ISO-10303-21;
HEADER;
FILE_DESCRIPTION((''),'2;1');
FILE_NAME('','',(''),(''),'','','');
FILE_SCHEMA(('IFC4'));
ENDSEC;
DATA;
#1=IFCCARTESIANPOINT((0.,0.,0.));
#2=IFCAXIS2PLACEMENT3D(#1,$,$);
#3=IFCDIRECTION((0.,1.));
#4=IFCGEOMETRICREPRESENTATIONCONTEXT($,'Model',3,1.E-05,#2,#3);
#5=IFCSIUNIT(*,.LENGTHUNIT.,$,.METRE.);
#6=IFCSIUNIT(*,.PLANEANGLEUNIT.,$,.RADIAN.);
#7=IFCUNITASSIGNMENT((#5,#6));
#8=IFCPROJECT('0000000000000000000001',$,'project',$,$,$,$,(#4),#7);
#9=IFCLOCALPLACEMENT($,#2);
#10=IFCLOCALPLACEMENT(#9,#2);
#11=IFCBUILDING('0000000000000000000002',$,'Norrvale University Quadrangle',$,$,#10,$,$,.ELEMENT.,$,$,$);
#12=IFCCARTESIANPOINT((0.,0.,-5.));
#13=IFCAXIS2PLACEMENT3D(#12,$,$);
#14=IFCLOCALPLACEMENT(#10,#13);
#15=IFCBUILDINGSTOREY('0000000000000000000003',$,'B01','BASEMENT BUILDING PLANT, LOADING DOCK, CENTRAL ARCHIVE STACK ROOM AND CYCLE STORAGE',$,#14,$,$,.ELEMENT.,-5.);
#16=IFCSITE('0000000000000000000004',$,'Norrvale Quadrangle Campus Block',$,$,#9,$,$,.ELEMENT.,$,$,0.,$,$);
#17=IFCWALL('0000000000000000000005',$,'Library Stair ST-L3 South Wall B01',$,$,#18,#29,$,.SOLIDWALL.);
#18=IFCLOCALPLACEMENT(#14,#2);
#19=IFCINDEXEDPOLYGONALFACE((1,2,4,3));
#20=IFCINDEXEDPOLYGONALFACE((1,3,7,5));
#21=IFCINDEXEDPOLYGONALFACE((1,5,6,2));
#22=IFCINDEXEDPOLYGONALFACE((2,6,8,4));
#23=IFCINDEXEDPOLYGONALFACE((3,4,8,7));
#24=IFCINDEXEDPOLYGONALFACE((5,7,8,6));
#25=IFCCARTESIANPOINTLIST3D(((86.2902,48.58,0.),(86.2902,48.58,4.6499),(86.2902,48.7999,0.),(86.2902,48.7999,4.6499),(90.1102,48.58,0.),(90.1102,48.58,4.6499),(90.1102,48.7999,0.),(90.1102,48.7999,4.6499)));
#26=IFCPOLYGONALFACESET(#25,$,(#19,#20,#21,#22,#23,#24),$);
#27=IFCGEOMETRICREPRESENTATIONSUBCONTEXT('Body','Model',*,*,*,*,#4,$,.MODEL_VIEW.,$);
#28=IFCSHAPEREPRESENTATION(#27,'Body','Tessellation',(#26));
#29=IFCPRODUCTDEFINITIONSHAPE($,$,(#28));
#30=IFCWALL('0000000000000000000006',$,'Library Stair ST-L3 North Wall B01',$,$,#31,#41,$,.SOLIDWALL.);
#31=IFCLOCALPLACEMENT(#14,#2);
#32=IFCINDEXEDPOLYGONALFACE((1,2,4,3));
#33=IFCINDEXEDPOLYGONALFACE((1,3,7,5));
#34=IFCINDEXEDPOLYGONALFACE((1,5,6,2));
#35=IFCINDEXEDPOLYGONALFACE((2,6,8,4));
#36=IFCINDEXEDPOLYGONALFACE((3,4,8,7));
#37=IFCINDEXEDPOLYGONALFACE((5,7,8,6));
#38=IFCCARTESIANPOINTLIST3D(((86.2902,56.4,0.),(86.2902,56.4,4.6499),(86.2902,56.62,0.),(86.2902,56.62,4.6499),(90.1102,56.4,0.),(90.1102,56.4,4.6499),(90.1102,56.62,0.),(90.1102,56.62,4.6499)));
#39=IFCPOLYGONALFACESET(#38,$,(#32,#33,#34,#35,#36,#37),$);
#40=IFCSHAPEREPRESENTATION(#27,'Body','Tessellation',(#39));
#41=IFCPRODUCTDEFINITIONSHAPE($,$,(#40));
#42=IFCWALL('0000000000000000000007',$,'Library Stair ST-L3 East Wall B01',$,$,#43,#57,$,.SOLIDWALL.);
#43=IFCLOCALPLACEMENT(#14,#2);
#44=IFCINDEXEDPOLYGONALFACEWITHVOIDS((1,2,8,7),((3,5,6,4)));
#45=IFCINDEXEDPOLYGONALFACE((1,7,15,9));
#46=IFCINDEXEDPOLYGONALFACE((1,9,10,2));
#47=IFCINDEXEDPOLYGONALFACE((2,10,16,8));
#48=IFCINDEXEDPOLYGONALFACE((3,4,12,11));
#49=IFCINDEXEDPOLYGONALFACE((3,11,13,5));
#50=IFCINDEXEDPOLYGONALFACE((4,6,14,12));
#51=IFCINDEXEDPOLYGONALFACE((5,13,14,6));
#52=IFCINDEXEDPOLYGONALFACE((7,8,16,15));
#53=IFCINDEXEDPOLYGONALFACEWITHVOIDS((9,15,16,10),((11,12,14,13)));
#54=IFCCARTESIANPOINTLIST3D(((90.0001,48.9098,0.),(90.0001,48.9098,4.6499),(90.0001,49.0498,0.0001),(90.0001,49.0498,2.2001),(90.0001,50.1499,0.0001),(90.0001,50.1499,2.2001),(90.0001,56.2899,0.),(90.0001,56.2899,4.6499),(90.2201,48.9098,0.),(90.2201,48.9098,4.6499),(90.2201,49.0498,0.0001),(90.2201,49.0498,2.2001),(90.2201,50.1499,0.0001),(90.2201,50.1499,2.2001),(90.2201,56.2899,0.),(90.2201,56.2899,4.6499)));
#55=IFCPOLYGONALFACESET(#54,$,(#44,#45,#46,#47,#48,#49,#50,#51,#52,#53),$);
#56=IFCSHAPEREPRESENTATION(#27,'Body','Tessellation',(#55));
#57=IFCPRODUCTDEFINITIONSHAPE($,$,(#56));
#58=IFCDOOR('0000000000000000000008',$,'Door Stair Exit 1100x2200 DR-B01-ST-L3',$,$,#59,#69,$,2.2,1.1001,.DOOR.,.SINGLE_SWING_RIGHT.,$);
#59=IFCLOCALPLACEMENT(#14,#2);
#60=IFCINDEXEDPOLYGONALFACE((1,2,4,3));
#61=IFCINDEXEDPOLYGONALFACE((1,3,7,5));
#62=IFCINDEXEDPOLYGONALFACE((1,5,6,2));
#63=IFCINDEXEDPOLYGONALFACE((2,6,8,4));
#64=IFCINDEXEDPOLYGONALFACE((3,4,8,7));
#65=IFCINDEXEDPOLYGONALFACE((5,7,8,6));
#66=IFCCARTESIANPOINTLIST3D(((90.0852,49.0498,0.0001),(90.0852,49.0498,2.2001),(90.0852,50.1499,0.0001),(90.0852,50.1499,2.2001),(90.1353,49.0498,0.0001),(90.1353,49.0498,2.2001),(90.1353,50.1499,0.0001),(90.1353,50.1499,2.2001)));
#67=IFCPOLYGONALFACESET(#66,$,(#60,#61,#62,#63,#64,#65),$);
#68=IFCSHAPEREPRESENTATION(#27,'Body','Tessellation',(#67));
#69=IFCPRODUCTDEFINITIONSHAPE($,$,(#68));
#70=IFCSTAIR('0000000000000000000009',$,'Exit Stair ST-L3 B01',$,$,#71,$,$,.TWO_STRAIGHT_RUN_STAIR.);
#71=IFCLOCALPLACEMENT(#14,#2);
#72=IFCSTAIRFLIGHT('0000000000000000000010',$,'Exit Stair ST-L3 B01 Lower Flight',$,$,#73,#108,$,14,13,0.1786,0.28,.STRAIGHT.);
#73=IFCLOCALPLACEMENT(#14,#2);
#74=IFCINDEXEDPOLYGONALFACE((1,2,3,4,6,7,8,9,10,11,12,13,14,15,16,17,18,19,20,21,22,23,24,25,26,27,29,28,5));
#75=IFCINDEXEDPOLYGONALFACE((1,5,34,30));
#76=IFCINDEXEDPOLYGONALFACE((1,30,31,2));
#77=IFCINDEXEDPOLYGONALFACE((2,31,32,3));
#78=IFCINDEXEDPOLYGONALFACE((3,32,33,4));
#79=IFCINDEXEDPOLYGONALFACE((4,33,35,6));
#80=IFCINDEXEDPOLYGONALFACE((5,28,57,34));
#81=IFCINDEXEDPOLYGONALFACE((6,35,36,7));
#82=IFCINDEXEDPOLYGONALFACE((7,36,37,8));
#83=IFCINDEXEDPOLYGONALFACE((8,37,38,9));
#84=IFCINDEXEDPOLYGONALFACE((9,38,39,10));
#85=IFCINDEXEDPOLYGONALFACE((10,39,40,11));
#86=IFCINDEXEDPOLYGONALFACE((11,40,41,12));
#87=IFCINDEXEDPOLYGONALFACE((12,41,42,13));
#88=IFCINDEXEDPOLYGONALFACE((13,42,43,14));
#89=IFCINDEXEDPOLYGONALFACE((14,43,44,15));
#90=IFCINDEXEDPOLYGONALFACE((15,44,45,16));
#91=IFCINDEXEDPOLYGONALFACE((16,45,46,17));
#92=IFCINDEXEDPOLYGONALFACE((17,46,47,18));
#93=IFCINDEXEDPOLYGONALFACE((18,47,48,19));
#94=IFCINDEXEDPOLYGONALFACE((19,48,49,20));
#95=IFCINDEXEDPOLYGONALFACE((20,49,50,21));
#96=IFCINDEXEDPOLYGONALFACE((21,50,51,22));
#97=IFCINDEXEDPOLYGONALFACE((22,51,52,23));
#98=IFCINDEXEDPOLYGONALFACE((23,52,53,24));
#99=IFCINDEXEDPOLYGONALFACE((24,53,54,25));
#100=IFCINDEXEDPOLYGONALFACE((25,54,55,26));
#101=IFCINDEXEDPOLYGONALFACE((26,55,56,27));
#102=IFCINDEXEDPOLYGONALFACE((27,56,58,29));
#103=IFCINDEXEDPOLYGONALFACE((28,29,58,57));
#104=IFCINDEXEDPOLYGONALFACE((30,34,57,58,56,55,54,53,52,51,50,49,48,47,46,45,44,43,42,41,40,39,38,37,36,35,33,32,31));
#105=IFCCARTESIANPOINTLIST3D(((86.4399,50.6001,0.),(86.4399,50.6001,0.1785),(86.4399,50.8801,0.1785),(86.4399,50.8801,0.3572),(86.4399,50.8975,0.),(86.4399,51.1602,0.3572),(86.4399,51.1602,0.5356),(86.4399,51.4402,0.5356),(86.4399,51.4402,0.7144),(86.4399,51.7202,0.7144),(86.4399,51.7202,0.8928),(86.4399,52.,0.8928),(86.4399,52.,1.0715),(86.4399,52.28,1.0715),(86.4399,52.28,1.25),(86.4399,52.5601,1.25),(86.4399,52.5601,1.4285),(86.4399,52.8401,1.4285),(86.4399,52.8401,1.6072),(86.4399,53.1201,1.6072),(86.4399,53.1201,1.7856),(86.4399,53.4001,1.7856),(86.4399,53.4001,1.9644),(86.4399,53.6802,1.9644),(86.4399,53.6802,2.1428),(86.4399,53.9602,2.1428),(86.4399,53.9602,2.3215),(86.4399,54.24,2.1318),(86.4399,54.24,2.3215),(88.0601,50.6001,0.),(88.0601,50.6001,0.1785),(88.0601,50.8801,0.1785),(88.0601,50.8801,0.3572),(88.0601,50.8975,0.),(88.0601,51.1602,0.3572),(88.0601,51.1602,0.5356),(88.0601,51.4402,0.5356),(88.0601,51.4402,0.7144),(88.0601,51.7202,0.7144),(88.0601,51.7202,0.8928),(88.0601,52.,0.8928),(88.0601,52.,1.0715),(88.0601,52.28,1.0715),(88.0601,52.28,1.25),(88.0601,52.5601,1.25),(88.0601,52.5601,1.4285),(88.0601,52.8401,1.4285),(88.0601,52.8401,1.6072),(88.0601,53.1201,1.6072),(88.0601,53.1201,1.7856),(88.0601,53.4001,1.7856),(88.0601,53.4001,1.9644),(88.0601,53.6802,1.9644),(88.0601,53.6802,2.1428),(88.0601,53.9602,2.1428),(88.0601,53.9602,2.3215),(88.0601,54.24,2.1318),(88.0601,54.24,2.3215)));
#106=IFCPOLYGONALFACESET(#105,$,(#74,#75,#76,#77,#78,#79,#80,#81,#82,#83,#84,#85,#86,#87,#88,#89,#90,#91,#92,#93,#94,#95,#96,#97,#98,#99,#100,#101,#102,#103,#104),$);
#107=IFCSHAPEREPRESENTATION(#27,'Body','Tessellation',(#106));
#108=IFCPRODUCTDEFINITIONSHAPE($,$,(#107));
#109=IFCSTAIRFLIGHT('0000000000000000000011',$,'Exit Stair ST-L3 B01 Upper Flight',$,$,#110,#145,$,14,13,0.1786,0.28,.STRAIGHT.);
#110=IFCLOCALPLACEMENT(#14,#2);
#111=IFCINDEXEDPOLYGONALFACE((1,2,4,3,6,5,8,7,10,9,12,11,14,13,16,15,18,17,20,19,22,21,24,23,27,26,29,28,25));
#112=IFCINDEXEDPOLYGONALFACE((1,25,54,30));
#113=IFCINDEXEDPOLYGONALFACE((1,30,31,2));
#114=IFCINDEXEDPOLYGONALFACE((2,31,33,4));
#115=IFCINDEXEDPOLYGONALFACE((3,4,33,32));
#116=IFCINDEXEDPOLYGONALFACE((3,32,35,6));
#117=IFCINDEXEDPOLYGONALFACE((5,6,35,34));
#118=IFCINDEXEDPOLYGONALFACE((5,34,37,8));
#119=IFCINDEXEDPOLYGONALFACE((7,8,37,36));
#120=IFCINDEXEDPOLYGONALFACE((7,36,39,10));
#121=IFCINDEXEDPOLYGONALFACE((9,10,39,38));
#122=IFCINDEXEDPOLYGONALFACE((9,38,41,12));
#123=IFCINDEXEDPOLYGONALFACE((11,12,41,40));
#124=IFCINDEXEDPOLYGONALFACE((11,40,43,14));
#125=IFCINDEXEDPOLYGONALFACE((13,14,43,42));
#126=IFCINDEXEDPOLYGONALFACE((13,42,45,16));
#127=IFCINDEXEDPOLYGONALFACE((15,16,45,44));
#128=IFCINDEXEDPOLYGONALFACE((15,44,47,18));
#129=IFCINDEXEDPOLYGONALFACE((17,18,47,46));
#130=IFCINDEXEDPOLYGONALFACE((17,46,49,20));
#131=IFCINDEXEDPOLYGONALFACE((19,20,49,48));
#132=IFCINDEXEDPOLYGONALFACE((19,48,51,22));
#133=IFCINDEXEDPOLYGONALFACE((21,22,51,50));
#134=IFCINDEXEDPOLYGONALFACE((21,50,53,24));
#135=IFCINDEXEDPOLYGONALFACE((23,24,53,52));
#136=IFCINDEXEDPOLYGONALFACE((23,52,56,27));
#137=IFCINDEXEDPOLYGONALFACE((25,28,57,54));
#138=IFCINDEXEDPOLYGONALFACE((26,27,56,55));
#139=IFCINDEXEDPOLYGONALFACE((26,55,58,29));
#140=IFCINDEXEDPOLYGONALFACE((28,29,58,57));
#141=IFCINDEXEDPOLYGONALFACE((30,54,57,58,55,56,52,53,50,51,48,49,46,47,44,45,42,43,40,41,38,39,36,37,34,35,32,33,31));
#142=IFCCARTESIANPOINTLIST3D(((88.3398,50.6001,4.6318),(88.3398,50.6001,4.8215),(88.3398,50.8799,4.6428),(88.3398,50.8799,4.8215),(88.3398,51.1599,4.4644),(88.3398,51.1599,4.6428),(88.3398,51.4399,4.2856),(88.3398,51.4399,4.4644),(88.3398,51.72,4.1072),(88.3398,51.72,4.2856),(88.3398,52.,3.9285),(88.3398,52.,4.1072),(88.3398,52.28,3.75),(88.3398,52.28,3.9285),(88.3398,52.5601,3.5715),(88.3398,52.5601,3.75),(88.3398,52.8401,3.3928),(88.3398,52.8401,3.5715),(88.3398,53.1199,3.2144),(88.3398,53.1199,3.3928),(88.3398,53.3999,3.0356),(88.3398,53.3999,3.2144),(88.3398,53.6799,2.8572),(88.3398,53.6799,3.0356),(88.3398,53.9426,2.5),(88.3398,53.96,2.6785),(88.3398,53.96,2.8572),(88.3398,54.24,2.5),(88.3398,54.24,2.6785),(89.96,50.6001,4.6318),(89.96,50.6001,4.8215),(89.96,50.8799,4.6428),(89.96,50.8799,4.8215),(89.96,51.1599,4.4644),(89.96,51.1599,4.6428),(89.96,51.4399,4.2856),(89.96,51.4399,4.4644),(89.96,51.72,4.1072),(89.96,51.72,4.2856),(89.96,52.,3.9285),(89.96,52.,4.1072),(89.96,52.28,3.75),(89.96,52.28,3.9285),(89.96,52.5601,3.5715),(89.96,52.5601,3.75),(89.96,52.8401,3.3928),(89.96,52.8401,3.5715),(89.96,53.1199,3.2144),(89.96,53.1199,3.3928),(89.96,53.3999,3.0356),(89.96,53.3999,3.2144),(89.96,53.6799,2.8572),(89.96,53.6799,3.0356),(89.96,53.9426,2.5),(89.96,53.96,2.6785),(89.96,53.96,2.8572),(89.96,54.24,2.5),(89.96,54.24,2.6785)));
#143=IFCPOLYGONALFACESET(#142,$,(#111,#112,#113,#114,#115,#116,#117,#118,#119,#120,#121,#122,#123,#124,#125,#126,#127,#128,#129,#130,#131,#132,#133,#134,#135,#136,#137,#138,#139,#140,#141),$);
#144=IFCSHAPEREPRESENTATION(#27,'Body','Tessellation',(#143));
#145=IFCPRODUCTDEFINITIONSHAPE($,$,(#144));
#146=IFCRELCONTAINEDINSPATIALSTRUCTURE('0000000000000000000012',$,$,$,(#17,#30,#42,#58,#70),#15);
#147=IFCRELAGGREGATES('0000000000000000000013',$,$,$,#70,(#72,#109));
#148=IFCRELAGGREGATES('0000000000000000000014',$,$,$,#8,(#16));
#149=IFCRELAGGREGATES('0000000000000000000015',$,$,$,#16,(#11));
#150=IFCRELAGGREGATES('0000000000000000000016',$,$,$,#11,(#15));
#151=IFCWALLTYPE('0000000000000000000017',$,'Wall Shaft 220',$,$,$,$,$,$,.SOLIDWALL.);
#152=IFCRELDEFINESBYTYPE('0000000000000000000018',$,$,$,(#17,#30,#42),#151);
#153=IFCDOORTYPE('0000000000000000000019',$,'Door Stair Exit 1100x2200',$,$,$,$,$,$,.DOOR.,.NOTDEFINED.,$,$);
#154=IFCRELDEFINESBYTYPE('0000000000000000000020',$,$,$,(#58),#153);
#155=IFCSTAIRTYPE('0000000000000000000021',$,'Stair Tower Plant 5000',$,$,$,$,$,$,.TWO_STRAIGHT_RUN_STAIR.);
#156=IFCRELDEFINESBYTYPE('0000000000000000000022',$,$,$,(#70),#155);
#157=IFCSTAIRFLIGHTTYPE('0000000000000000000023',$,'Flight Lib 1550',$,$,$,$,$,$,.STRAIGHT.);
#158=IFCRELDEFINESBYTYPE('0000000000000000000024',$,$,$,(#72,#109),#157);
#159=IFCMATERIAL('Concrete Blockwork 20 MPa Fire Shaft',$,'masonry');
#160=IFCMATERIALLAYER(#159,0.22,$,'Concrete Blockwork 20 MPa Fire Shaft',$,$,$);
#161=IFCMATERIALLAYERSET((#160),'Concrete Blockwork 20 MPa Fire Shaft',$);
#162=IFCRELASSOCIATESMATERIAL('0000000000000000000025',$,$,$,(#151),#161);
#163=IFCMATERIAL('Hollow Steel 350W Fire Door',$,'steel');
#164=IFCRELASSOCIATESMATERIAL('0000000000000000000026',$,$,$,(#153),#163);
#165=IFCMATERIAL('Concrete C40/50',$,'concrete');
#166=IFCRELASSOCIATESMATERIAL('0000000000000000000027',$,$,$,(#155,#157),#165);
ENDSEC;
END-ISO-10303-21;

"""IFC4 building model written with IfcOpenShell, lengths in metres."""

from ifc_helpers import new_model, si_unit, direction, frame, frame_2d, origin, place, context, subcontext, project, spatial, polyline, rectangle, outline, extrude, material, layer, layer_set, type_object, element, fill, aggregate, save


model = new_model("IFC4")

# Units and contexts
model_context = context("Model", 3, precision=1e-05, world=origin(), true_north=direction((0.0, 1.0)))
body_context = subcontext(model_context, "Body", "Model", "MODEL_VIEW")
ifc_project = project(units=[si_unit("LENGTHUNIT", "METRE"), si_unit("PLANEANGLEUNIT", "RADIAN")], contexts=[model_context])

# Site, building, storey
site_placement = place(None, origin())
site = spatial("IfcSite", under=ifc_project, at=site_placement, Name="Norrvale Quadrangle Campus Block", CompositionType="ELEMENT", RefElevation=0.0)
building_placement = place(site_placement, origin())
building = spatial("IfcBuilding", under=site, at=building_placement, Name="Norrvale University Quadrangle", CompositionType="ELEMENT")
storey_placement = place(building_placement, frame((0.0, 0.0, -5.0)))
storey = spatial("IfcBuildingStorey", under=building, at=storey_placement, Name="B01", Description="BASEMENT BUILDING PLANT, LOADING DOCK, CENTRAL ARCHIVE STACK ROOM AND CYCLE STORAGE", CompositionType="ELEMENT", Elevation=-5.0)

# Walls
ifc_material_1 = material(Name="Concrete Blockwork 20 MPa Fire Shaft", Category="masonry")
ifc_layer = layer(ifc_material_1, 0.22, Name="Concrete Blockwork 20 MPa Fire Shaft")
ifc_layer_set = layer_set([ifc_layer], Name="Concrete Blockwork 20 MPa Fire Shaft")
wall_type = type_object("IfcWallType", Name="Wall Shaft 220", PredefinedType="SOLIDWALL", material=ifc_layer_set)
for number, where, z_axis, x_axis, name in (
    (1, (86.29, 48.6899, 0.0), (0.0, 0.0, 1.0), (1.0, 0.0, 0.0), "Library Stair ST-L3 South Wall B01"),
    (2, (86.29, 56.51, 0.0), (0.0, 0.0, 1.0), (1.0, 0.0, 0.0), "Library Stair ST-L3 North Wall B01"),
):
    element("IfcWall", number, at=place(storey_placement, frame(where, z_axis=z_axis, x_axis=x_axis)), inside=storey, type_object=wall_type, Name=name, PredefinedType="SOLIDWALL", context=body_context, shape_type="SweptSolid", body=[
        extrude(rectangle(XDim=3.8201, YDim=0.22, at=frame_2d((1.9102, 0.0))), origin(), (0.0, 0.0, 1.0), 4.6499),
    ])

# Wall, opening, door
wall_1_placement = place(storey_placement, frame((90.1101, 48.9099, 0.0), z_axis=(0.0, 0.0, 1.0), x_axis=(0.0, 1.0, 0.0)))
wall_1 = element("IfcWall", 3, at=wall_1_placement, inside=storey, type_object=wall_type, Name="Library Stair ST-L3 East Wall B01", PredefinedType="SOLIDWALL", context=body_context, shape_type="SweptSolid", body=[
    extrude(rectangle(XDim=7.3801, YDim=0.22, at=frame_2d((3.6899, 0.0))), origin(), (0.0, 0.0, 1.0), 4.6499),
])
opening_placement = place(wall_1_placement, frame((0.1399, 0.0, 0.0)))
opening = element("IfcOpeningElement", 4, at=opening_placement, cuts=wall_1, PredefinedType="OPENING", context=body_context, shape_type="SweptSolid", body=[
    extrude(rectangle(XDim=1.1001, YDim=2.2, at=frame_2d((0.55, 1.1001))), frame((0.0, 0.1221, 0.0), z_axis=(0.0, -1.0, 0.0), x_axis=(1.0, 0.0, 0.0)), (0.0, 0.0, 1.0), 0.2439),
])
ifc_material_2 = material(Name="Hollow Steel 350W Fire Door", Category="steel")
door_type = type_object("IfcDoorType", Name="Door Stair Exit 1100x2200", OperationType="NOTDEFINED", PredefinedType="DOOR", material=ifc_material_2)
door_placement = place(opening_placement, origin())
door = element("IfcDoor", 5, at=door_placement, inside=storey, type_object=door_type, Name="Door Stair Exit 1100x2200 DR-B01-ST-L3", OperationType="SINGLE_SWING_RIGHT", OverallHeight=2.2, OverallWidth=1.1001, PredefinedType="DOOR", context=body_context, shape_type="SweptSolid", body=[
    extrude(rectangle(XDim=1.1001, YDim=2.2, at=frame_2d((0.55, 1.1001))), frame((0.0, 0.0249, 0.0), z_axis=(0.0, -1.0, 0.0), x_axis=(1.0, 0.0, 0.0)), (0.0, 0.0, 1.0), 0.05),
])
fill(opening, door)

# Stair, stair flights
ifc_material_3 = material(Name="Concrete C40/50", Category="concrete")
stair_type = type_object("IfcStairType", Name="Stair Tower Plant 5000", PredefinedType="TWO_STRAIGHT_RUN_STAIR", material=ifc_material_3)
stair_placement = place(storey_placement, origin())
stair = element("IfcStair", 6, at=stair_placement, inside=storey, type_object=stair_type, Name="Exit Stair ST-L3 B01", PredefinedType="TWO_STRAIGHT_RUN_STAIR")
stair_flight_type = type_object("IfcStairFlightType", Name="Flight Lib 1550", PredefinedType="STRAIGHT", material=ifc_material_3)
stair_flight_1_placement = place(storey_placement, frame((87.25, 50.6001, 0.0), z_axis=(0.0, 0.0, 1.0), x_axis=(0.0, 1.0, 0.0)))
stair_flight_1 = element("IfcStairFlight", 7, at=stair_flight_1_placement, type_object=stair_flight_type, Name="Exit Stair ST-L3 B01 Lower Flight", NumberOfRisers=14, NumberOfTreads=13, PredefinedType="STRAIGHT", RiserHeight=0.1786, TreadLength=0.28, context=body_context, shape_type="SweptSolid", body=[
    extrude(outline(polyline([(0.0, 0.0), (0.0, 0.1785), (0.28, 0.1785), (0.28, 0.3572), (0.5601, 0.3572), (0.5601, 0.5356), (0.8401, 0.5356), (0.8401, 0.7144), (1.1201, 0.7144), (1.1201, 0.8928), (1.3999, 0.8928), (1.3999, 1.0715), (1.6799, 1.0715), (1.6799, 1.25), (1.96, 1.25), (1.96, 1.4285), (2.24, 1.4285), (2.24, 1.6072), (2.52, 1.6072), (2.52, 1.7856), (2.8, 1.7856), (2.8, 1.9644), (3.0801, 1.9644), (3.0801, 2.1428), (3.3601, 2.1428), (3.3601, 2.3215), (3.6399, 2.3215), (3.6399, 2.5), (3.6399, 2.1318), (0.2974, 0.0), (0.0, 0.0)])), frame((0.0, 0.8101, 0.0), z_axis=(0.0, -1.0, 0.0), x_axis=(1.0, 0.0, 0.0)), (0.0, 0.0, 1.0), 1.6201),
])
stair_flight_2_placement = place(storey_placement, frame((89.1499, 54.24, 2.5), z_axis=(0.0, 0.0, 1.0), x_axis=(0.0, -1.0, 0.0)))
stair_flight_2 = element("IfcStairFlight", 8, at=stair_flight_2_placement, type_object=stair_flight_type, Name="Exit Stair ST-L3 B01 Upper Flight", NumberOfRisers=14, NumberOfTreads=13, PredefinedType="STRAIGHT", RiserHeight=0.1786, TreadLength=0.28, context=body_context, shape_type="SweptSolid", body=[
    extrude(outline(polyline([(0.0, 0.0), (0.0, 0.1785), (0.28, 0.1785), (0.28, 0.3572), (0.5601, 0.3572), (0.5601, 0.5356), (0.8401, 0.5356), (0.8401, 0.7144), (1.1201, 0.7144), (1.1201, 0.8928), (1.3999, 0.8928), (1.3999, 1.0715), (1.6799, 1.0715), (1.6799, 1.25), (1.96, 1.25), (1.96, 1.4285), (2.24, 1.4285), (2.24, 1.6072), (2.52, 1.6072), (2.52, 1.7856), (2.8, 1.7856), (2.8, 1.9644), (3.0801, 1.9644), (3.0801, 2.1428), (3.3601, 2.1428), (3.3601, 2.3215), (3.6399, 2.3215), (3.6399, 2.5), (3.6399, 2.1318), (0.2974, 0.0), (0.0, 0.0)])), frame((0.0, 0.8101, 0.0), z_axis=(0.0, -1.0, 0.0), x_axis=(1.0, 0.0, 0.0)), (0.0, 0.0, 1.0), 1.6201),
])
aggregate(stair, [stair_flight_1, stair_flight_2])

save(model, "model.ifc")
